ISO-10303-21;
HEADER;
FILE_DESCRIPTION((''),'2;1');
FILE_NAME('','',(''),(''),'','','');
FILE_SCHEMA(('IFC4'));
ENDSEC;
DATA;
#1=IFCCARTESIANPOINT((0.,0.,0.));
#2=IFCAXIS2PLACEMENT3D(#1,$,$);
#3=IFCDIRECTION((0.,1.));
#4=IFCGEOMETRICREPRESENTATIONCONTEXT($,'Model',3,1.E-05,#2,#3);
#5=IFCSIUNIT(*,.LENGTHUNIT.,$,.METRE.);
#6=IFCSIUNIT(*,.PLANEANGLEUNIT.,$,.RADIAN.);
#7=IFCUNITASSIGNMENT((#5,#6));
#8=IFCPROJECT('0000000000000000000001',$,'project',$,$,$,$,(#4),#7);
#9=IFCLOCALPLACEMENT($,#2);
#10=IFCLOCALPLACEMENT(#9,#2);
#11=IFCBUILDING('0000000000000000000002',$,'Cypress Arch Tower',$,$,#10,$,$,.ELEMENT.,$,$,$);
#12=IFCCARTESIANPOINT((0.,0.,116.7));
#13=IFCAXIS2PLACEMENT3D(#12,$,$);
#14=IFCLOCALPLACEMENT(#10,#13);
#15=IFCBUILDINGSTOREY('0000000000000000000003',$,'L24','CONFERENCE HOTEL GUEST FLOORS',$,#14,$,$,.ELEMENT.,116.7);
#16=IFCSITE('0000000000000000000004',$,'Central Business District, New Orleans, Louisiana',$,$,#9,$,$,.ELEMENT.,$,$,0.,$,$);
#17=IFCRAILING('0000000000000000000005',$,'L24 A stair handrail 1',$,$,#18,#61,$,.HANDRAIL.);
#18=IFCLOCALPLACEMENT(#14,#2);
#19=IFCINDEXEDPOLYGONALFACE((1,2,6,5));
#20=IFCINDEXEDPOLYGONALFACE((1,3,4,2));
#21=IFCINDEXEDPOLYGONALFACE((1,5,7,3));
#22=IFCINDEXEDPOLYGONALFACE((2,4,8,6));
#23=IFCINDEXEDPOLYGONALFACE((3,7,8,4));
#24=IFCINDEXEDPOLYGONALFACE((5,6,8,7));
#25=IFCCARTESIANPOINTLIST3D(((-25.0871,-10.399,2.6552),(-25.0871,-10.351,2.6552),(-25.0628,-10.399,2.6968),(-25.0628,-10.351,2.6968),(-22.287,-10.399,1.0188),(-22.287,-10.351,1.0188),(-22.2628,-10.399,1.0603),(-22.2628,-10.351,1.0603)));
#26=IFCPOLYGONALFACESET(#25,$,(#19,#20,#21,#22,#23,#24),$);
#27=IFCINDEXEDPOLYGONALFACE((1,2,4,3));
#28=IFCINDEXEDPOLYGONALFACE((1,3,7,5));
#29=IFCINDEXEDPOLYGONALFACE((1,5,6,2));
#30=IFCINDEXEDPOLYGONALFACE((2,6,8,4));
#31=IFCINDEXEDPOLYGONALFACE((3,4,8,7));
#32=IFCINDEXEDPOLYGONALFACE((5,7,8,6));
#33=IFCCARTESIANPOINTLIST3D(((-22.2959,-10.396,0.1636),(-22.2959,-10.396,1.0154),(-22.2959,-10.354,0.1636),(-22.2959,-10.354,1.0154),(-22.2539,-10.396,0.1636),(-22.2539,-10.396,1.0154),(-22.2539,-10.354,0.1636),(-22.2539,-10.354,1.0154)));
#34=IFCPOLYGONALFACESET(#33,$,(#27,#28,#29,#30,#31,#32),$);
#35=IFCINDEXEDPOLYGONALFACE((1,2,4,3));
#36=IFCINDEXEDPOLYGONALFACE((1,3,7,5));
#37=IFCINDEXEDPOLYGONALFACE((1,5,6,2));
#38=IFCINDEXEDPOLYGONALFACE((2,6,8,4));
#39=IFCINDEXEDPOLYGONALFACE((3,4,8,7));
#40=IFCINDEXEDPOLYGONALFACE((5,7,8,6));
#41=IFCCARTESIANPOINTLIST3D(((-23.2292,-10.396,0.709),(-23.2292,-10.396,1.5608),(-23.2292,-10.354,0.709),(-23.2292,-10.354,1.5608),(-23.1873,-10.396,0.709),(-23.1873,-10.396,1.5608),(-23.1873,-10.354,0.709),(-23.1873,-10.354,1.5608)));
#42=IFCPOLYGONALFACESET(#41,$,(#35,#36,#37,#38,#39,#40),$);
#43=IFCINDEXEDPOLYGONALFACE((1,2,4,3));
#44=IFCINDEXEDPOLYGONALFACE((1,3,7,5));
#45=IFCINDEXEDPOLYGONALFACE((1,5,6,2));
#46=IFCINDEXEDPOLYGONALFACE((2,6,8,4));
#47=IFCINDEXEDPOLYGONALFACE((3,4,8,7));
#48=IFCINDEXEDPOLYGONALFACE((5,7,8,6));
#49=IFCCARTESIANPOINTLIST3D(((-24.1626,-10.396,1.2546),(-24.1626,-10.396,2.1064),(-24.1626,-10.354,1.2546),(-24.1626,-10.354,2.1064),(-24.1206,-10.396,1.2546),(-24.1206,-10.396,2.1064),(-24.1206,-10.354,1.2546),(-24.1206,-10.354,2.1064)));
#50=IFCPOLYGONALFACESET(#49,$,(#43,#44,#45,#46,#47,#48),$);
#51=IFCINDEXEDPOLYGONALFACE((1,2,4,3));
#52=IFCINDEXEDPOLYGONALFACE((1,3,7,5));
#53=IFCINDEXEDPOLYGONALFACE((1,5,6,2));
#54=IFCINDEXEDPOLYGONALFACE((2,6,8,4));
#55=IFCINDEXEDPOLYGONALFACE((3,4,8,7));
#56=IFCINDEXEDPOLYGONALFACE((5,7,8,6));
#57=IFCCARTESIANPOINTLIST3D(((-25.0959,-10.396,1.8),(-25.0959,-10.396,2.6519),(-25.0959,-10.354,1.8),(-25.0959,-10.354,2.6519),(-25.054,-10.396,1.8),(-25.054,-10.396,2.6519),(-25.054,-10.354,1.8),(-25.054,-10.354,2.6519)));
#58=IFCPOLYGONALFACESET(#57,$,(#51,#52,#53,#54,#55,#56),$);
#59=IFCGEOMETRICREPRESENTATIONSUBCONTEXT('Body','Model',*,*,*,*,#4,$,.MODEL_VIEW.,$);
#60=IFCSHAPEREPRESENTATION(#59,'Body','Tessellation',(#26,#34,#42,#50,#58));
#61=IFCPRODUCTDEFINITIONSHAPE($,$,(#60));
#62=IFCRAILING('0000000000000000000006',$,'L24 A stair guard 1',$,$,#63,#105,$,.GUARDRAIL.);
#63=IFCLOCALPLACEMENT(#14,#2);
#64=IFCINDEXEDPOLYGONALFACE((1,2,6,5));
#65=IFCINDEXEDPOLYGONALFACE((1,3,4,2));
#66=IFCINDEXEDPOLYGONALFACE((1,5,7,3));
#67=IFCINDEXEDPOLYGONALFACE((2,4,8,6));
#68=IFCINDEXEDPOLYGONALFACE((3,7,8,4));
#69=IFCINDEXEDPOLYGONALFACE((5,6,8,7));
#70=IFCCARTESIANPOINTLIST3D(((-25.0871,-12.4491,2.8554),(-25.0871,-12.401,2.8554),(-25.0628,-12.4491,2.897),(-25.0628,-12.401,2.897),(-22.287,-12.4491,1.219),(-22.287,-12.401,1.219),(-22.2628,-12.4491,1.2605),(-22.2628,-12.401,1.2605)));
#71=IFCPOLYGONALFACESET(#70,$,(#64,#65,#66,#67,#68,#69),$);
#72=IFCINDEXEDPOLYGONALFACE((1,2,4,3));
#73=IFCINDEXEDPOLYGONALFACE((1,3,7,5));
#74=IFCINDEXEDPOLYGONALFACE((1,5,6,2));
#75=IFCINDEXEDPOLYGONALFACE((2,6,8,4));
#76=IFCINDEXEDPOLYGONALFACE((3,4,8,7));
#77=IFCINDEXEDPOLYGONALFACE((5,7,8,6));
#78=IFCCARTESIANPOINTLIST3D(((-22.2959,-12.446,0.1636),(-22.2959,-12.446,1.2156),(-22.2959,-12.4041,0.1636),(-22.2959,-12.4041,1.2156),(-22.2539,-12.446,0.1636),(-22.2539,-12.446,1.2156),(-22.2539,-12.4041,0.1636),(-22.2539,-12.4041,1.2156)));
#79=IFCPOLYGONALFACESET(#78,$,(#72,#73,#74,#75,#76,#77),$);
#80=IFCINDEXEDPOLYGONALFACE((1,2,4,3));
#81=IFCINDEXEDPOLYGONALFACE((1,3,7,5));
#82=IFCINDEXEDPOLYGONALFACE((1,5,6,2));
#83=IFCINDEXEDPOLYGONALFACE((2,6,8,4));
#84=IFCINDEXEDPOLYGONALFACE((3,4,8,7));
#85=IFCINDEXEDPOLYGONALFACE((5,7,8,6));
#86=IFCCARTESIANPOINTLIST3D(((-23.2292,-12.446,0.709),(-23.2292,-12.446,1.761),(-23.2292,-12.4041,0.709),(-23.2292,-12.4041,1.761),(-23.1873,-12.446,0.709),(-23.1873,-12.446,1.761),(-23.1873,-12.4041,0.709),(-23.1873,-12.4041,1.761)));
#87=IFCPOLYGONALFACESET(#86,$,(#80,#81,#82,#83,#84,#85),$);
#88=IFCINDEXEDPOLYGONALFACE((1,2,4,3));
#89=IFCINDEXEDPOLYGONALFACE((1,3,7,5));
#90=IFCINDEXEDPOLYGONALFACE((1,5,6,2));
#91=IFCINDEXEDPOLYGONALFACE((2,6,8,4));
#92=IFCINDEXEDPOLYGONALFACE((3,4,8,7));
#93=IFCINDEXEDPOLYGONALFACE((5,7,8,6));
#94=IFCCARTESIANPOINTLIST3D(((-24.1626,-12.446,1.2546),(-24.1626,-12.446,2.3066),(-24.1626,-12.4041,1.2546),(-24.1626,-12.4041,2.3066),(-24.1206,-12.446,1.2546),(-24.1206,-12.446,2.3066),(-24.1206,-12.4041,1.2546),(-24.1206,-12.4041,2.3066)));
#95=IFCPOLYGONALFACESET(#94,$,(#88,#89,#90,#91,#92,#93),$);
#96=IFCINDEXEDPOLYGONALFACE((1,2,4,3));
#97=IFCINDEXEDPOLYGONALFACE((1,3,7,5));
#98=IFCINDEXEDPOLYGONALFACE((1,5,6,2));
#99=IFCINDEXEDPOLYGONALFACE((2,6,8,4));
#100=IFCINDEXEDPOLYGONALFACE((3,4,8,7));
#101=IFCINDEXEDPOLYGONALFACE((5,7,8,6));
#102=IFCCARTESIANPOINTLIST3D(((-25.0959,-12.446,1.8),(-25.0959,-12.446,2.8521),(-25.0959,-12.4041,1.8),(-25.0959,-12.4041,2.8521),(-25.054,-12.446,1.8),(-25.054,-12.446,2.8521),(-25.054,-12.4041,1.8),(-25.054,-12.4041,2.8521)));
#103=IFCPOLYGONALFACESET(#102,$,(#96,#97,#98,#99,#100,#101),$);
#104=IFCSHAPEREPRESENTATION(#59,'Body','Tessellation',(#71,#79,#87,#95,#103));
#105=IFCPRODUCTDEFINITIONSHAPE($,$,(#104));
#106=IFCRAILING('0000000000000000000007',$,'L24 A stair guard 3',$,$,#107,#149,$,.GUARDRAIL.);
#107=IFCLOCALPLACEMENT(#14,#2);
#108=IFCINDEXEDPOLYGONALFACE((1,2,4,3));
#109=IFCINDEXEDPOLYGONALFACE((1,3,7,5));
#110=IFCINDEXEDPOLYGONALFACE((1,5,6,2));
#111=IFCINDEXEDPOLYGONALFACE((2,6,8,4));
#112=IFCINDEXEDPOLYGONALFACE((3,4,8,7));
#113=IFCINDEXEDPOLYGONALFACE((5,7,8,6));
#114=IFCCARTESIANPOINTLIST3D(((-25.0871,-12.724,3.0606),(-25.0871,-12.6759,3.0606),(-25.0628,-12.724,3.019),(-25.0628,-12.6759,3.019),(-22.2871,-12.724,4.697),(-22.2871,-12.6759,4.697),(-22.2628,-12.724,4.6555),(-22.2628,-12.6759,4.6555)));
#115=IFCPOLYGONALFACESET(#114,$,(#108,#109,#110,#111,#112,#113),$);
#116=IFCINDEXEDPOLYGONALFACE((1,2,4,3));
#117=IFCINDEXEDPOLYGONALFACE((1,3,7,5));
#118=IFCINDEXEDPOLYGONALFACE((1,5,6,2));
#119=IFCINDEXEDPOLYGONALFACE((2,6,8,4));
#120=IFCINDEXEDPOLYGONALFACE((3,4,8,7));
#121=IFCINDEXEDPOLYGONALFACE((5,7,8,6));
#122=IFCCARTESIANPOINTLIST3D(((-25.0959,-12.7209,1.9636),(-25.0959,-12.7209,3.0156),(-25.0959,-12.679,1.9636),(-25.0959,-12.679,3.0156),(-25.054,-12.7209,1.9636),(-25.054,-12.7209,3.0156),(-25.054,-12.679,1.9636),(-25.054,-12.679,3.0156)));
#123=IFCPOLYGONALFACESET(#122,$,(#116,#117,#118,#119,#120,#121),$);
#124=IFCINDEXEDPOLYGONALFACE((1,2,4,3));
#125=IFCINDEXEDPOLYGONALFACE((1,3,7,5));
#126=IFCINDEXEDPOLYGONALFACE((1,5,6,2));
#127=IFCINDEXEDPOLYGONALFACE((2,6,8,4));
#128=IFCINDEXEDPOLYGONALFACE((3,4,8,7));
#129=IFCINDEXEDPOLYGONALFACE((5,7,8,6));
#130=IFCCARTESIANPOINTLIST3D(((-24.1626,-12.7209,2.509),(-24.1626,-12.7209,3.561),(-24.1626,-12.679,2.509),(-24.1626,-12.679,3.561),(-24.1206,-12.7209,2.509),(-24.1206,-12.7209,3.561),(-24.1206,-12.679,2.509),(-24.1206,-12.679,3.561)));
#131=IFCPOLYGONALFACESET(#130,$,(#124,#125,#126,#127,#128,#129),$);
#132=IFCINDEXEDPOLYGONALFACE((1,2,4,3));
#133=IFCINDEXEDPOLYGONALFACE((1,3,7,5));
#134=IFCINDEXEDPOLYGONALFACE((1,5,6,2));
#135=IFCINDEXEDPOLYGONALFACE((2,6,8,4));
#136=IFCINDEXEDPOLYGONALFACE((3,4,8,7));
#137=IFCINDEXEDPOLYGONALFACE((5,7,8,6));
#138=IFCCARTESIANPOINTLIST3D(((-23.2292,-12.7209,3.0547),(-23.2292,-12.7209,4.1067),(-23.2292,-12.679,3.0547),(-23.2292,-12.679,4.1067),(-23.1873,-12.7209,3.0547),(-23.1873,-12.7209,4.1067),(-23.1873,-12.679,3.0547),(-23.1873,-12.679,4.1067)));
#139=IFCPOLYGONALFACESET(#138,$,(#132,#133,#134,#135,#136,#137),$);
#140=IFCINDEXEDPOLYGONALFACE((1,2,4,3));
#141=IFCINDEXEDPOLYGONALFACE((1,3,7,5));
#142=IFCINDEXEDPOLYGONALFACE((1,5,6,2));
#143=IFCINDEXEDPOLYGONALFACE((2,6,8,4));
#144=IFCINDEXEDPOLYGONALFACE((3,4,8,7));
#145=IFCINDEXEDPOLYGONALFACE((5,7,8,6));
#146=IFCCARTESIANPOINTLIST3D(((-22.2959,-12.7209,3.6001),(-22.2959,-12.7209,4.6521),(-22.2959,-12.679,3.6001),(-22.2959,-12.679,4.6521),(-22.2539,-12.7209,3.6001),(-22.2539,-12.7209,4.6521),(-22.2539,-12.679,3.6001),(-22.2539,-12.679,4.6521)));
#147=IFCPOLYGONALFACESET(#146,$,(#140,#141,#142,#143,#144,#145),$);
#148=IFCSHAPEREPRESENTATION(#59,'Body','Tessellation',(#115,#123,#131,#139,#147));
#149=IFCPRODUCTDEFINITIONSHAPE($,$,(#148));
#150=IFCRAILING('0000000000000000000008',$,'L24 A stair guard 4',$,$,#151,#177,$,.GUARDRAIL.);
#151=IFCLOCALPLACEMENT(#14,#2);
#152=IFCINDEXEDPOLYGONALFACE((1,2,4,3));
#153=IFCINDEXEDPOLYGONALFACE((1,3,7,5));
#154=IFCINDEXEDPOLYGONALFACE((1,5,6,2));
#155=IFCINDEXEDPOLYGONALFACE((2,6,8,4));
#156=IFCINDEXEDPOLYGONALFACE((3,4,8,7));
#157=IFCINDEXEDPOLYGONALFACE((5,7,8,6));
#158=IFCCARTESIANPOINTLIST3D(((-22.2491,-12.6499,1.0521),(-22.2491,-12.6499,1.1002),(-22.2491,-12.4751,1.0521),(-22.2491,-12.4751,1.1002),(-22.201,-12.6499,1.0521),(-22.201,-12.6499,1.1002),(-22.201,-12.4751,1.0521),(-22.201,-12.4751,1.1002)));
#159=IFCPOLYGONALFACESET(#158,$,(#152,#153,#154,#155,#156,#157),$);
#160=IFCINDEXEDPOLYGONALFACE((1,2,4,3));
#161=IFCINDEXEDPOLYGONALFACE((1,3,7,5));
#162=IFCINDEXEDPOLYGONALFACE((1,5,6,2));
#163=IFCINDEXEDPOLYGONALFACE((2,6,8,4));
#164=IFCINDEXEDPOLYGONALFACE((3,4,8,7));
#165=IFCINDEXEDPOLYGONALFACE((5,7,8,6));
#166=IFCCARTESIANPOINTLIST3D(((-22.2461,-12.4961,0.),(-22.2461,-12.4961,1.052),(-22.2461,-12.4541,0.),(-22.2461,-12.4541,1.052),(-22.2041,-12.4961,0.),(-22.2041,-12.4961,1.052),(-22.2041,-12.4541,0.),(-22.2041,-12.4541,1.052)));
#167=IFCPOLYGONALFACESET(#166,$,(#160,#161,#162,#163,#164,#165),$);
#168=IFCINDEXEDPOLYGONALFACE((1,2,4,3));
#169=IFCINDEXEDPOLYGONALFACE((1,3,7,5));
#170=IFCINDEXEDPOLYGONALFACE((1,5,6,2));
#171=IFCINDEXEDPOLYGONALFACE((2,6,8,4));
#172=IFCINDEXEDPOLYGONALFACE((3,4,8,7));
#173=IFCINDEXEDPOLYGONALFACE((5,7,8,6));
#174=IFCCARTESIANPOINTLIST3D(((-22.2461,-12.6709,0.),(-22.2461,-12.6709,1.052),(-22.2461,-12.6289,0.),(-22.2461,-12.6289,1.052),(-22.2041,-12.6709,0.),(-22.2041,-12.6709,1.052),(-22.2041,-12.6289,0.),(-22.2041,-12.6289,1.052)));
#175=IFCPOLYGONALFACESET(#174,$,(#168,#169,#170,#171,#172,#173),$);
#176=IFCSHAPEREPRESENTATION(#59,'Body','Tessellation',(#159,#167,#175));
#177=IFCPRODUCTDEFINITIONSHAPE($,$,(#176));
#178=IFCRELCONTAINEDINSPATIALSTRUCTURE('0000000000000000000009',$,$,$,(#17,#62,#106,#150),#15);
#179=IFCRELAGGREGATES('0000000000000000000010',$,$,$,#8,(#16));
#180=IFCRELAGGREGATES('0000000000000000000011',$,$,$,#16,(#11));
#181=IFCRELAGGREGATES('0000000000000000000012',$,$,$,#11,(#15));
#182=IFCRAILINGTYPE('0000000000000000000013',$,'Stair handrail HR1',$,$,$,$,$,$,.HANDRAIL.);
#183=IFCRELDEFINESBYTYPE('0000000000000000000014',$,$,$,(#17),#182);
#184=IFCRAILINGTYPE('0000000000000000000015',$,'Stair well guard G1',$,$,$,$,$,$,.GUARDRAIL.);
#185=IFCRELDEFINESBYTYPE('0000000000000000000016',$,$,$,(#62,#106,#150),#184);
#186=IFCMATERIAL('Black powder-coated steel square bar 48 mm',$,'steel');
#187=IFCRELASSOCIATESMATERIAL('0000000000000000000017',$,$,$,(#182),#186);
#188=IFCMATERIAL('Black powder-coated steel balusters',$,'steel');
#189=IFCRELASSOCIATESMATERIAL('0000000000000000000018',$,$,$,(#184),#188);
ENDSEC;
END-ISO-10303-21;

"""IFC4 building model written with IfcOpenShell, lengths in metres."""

from ifc_helpers import new_model, si_unit, direction, frame, origin, origin_2d, place, context, subcontext, project, spatial, rectangle, extrude, material, type_object, element, save


model = new_model("IFC4")

# Units and contexts
model_context = context("Model", 3, precision=1e-05, world=origin(), true_north=direction((0.0, 1.0)))
body_context = subcontext(model_context, "Body", "Model", "MODEL_VIEW")
ifc_project = project(units=[si_unit("LENGTHUNIT", "METRE"), si_unit("PLANEANGLEUNIT", "RADIAN")], contexts=[model_context])

# Site, building, storey
site_placement = place(None, origin())
site = spatial("IfcSite", under=ifc_project, at=site_placement, Name="Central Business District, New Orleans, Louisiana", CompositionType="ELEMENT", RefElevation=0.0)
building_placement = place(site_placement, origin())
building = spatial("IfcBuilding", under=site, at=building_placement, Name="Cypress Arch Tower", CompositionType="ELEMENT")
storey_placement = place(building_placement, frame((0.0, 0.0, 116.7)))
storey = spatial("IfcBuildingStorey", under=building, at=storey_placement, Name="L24", Description="CONFERENCE HOTEL GUEST FLOORS", CompositionType="ELEMENT", Elevation=116.7)

# Railings
ifc_material_1 = material(Name="Black powder-coated steel square bar 48 mm", Category="steel")
railing_type_1 = type_object("IfcRailingType", Name="Stair handrail HR1", PredefinedType="HANDRAIL", material=ifc_material_1)
railing_1_placement = place(storey_placement, frame((-22.2749, -10.375, 0.1636)))
element("IfcRailing", 1, at=railing_1_placement, inside=storey, type_object=railing_type_1, Name="L24 A stair handrail 1", PredefinedType="HANDRAIL", context=body_context, shape_type="SweptSolid", body=[
    extrude(rectangle(XDim=0.0481, YDim=0.0481, at=origin_2d()), frame((0.0, 0.0, 0.876), z_axis=(-0.863361, 0.0, 0.504587), x_axis=(0.0, -1.0, 0.0)), (0.0, 0.0, 1.0), 3.2432),
    extrude(rectangle(XDim=0.042, YDim=0.042, at=origin_2d()), origin(), (0.0, 0.0, 1.0), 0.8518),
    extrude(rectangle(XDim=0.042, YDim=0.042, at=origin_2d()), frame((-0.9333, 0.0, 0.5454)), (0.0, 0.0, 1.0), 0.8518),
    extrude(rectangle(XDim=0.042, YDim=0.042, at=origin_2d()), frame((-1.8667, 0.0, 1.0911)), (0.0, 0.0, 1.0), 0.8518),
    extrude(rectangle(XDim=0.042, YDim=0.042, at=origin_2d()), frame((-2.8, 0.0, 1.6365)), (0.0, 0.0, 1.0), 0.8518),
])
ifc_material_2 = material(Name="Black powder-coated steel balusters", Category="steel")
railing_type_2 = type_object("IfcRailingType", Name="Stair well guard G1", PredefinedType="GUARDRAIL", material=ifc_material_2)
railing_2_placement = place(storey_placement, frame((-22.2749, -12.425, 0.1636)))
element("IfcRailing", 2, at=railing_2_placement, inside=storey, type_object=railing_type_2, Name="L24 A stair guard 1", PredefinedType="GUARDRAIL", context=body_context, shape_type="SweptSolid", body=[
    extrude(rectangle(XDim=0.0481, YDim=0.0481, at=origin_2d()), frame((0.0, 0.0, 1.0762), z_axis=(-0.863361, 0.0, 0.504587), x_axis=(0.0, -1.0, 0.0)), (0.0, 0.0, 1.0), 3.2432),
    extrude(rectangle(XDim=0.042, YDim=0.042, at=origin_2d()), origin(), (0.0, 0.0, 1.0), 1.052),
    extrude(rectangle(XDim=0.042, YDim=0.042, at=origin_2d()), frame((-0.9333, 0.0, 0.5454)), (0.0, 0.0, 1.0), 1.052),
    extrude(rectangle(XDim=0.042, YDim=0.042, at=origin_2d()), frame((-1.8667, 0.0, 1.0911)), (0.0, 0.0, 1.0), 1.052),
    extrude(rectangle(XDim=0.042, YDim=0.042, at=origin_2d()), frame((-2.8, 0.0, 1.6365)), (0.0, 0.0, 1.0), 1.052),
])
railing_3_placement = place(storey_placement, frame((-25.075, -12.7, 1.9636)))
element("IfcRailing", 3, at=railing_3_placement, inside=storey, type_object=railing_type_2, Name="L24 A stair guard 3", PredefinedType="GUARDRAIL", context=body_context, shape_type="SweptSolid", body=[
    extrude(rectangle(XDim=0.0481, YDim=0.0481, at=origin_2d()), frame((0.0, 0.0, 1.0762), z_axis=(0.863361, 0.0, 0.504587), x_axis=(0.0, 1.0, 0.0)), (0.0, 0.0, 1.0), 3.2432),
    extrude(rectangle(XDim=0.042, YDim=0.042, at=origin_2d()), origin(), (0.0, 0.0, 1.0), 1.052),
    extrude(rectangle(XDim=0.042, YDim=0.042, at=origin_2d()), frame((0.9333, 0.0, 0.5454)), (0.0, 0.0, 1.0), 1.052),
    extrude(rectangle(XDim=0.042, YDim=0.042, at=origin_2d()), frame((1.8667, 0.0, 1.0911)), (0.0, 0.0, 1.0), 1.052),
    extrude(rectangle(XDim=0.042, YDim=0.042, at=origin_2d()), frame((2.8, 0.0, 1.6365)), (0.0, 0.0, 1.0), 1.052),
])
railing_4_placement = place(storey_placement, frame((-22.2251, -12.4751, 0.0)))
element("IfcRailing", 4, at=railing_4_placement, inside=storey, type_object=railing_type_2, Name="L24 A stair guard 4", PredefinedType="GUARDRAIL", context=body_context, shape_type="SweptSolid", body=[
    extrude(rectangle(XDim=0.0481, YDim=0.0481, at=origin_2d()), frame((0.0, 0.0, 1.0762), z_axis=(0.0, -1.0, 0.0), x_axis=(1.0, 0.0, 0.0)), (0.0, 0.0, 1.0), 0.1748),
    extrude(rectangle(XDim=0.042, YDim=0.042, at=origin_2d()), origin(), (0.0, 0.0, 1.0), 1.052),
    extrude(rectangle(XDim=0.042, YDim=0.042, at=origin_2d()), frame((0.0, -0.1748, 0.0)), (0.0, 0.0, 1.0), 1.052),
])

save(model, "model.ifc")
